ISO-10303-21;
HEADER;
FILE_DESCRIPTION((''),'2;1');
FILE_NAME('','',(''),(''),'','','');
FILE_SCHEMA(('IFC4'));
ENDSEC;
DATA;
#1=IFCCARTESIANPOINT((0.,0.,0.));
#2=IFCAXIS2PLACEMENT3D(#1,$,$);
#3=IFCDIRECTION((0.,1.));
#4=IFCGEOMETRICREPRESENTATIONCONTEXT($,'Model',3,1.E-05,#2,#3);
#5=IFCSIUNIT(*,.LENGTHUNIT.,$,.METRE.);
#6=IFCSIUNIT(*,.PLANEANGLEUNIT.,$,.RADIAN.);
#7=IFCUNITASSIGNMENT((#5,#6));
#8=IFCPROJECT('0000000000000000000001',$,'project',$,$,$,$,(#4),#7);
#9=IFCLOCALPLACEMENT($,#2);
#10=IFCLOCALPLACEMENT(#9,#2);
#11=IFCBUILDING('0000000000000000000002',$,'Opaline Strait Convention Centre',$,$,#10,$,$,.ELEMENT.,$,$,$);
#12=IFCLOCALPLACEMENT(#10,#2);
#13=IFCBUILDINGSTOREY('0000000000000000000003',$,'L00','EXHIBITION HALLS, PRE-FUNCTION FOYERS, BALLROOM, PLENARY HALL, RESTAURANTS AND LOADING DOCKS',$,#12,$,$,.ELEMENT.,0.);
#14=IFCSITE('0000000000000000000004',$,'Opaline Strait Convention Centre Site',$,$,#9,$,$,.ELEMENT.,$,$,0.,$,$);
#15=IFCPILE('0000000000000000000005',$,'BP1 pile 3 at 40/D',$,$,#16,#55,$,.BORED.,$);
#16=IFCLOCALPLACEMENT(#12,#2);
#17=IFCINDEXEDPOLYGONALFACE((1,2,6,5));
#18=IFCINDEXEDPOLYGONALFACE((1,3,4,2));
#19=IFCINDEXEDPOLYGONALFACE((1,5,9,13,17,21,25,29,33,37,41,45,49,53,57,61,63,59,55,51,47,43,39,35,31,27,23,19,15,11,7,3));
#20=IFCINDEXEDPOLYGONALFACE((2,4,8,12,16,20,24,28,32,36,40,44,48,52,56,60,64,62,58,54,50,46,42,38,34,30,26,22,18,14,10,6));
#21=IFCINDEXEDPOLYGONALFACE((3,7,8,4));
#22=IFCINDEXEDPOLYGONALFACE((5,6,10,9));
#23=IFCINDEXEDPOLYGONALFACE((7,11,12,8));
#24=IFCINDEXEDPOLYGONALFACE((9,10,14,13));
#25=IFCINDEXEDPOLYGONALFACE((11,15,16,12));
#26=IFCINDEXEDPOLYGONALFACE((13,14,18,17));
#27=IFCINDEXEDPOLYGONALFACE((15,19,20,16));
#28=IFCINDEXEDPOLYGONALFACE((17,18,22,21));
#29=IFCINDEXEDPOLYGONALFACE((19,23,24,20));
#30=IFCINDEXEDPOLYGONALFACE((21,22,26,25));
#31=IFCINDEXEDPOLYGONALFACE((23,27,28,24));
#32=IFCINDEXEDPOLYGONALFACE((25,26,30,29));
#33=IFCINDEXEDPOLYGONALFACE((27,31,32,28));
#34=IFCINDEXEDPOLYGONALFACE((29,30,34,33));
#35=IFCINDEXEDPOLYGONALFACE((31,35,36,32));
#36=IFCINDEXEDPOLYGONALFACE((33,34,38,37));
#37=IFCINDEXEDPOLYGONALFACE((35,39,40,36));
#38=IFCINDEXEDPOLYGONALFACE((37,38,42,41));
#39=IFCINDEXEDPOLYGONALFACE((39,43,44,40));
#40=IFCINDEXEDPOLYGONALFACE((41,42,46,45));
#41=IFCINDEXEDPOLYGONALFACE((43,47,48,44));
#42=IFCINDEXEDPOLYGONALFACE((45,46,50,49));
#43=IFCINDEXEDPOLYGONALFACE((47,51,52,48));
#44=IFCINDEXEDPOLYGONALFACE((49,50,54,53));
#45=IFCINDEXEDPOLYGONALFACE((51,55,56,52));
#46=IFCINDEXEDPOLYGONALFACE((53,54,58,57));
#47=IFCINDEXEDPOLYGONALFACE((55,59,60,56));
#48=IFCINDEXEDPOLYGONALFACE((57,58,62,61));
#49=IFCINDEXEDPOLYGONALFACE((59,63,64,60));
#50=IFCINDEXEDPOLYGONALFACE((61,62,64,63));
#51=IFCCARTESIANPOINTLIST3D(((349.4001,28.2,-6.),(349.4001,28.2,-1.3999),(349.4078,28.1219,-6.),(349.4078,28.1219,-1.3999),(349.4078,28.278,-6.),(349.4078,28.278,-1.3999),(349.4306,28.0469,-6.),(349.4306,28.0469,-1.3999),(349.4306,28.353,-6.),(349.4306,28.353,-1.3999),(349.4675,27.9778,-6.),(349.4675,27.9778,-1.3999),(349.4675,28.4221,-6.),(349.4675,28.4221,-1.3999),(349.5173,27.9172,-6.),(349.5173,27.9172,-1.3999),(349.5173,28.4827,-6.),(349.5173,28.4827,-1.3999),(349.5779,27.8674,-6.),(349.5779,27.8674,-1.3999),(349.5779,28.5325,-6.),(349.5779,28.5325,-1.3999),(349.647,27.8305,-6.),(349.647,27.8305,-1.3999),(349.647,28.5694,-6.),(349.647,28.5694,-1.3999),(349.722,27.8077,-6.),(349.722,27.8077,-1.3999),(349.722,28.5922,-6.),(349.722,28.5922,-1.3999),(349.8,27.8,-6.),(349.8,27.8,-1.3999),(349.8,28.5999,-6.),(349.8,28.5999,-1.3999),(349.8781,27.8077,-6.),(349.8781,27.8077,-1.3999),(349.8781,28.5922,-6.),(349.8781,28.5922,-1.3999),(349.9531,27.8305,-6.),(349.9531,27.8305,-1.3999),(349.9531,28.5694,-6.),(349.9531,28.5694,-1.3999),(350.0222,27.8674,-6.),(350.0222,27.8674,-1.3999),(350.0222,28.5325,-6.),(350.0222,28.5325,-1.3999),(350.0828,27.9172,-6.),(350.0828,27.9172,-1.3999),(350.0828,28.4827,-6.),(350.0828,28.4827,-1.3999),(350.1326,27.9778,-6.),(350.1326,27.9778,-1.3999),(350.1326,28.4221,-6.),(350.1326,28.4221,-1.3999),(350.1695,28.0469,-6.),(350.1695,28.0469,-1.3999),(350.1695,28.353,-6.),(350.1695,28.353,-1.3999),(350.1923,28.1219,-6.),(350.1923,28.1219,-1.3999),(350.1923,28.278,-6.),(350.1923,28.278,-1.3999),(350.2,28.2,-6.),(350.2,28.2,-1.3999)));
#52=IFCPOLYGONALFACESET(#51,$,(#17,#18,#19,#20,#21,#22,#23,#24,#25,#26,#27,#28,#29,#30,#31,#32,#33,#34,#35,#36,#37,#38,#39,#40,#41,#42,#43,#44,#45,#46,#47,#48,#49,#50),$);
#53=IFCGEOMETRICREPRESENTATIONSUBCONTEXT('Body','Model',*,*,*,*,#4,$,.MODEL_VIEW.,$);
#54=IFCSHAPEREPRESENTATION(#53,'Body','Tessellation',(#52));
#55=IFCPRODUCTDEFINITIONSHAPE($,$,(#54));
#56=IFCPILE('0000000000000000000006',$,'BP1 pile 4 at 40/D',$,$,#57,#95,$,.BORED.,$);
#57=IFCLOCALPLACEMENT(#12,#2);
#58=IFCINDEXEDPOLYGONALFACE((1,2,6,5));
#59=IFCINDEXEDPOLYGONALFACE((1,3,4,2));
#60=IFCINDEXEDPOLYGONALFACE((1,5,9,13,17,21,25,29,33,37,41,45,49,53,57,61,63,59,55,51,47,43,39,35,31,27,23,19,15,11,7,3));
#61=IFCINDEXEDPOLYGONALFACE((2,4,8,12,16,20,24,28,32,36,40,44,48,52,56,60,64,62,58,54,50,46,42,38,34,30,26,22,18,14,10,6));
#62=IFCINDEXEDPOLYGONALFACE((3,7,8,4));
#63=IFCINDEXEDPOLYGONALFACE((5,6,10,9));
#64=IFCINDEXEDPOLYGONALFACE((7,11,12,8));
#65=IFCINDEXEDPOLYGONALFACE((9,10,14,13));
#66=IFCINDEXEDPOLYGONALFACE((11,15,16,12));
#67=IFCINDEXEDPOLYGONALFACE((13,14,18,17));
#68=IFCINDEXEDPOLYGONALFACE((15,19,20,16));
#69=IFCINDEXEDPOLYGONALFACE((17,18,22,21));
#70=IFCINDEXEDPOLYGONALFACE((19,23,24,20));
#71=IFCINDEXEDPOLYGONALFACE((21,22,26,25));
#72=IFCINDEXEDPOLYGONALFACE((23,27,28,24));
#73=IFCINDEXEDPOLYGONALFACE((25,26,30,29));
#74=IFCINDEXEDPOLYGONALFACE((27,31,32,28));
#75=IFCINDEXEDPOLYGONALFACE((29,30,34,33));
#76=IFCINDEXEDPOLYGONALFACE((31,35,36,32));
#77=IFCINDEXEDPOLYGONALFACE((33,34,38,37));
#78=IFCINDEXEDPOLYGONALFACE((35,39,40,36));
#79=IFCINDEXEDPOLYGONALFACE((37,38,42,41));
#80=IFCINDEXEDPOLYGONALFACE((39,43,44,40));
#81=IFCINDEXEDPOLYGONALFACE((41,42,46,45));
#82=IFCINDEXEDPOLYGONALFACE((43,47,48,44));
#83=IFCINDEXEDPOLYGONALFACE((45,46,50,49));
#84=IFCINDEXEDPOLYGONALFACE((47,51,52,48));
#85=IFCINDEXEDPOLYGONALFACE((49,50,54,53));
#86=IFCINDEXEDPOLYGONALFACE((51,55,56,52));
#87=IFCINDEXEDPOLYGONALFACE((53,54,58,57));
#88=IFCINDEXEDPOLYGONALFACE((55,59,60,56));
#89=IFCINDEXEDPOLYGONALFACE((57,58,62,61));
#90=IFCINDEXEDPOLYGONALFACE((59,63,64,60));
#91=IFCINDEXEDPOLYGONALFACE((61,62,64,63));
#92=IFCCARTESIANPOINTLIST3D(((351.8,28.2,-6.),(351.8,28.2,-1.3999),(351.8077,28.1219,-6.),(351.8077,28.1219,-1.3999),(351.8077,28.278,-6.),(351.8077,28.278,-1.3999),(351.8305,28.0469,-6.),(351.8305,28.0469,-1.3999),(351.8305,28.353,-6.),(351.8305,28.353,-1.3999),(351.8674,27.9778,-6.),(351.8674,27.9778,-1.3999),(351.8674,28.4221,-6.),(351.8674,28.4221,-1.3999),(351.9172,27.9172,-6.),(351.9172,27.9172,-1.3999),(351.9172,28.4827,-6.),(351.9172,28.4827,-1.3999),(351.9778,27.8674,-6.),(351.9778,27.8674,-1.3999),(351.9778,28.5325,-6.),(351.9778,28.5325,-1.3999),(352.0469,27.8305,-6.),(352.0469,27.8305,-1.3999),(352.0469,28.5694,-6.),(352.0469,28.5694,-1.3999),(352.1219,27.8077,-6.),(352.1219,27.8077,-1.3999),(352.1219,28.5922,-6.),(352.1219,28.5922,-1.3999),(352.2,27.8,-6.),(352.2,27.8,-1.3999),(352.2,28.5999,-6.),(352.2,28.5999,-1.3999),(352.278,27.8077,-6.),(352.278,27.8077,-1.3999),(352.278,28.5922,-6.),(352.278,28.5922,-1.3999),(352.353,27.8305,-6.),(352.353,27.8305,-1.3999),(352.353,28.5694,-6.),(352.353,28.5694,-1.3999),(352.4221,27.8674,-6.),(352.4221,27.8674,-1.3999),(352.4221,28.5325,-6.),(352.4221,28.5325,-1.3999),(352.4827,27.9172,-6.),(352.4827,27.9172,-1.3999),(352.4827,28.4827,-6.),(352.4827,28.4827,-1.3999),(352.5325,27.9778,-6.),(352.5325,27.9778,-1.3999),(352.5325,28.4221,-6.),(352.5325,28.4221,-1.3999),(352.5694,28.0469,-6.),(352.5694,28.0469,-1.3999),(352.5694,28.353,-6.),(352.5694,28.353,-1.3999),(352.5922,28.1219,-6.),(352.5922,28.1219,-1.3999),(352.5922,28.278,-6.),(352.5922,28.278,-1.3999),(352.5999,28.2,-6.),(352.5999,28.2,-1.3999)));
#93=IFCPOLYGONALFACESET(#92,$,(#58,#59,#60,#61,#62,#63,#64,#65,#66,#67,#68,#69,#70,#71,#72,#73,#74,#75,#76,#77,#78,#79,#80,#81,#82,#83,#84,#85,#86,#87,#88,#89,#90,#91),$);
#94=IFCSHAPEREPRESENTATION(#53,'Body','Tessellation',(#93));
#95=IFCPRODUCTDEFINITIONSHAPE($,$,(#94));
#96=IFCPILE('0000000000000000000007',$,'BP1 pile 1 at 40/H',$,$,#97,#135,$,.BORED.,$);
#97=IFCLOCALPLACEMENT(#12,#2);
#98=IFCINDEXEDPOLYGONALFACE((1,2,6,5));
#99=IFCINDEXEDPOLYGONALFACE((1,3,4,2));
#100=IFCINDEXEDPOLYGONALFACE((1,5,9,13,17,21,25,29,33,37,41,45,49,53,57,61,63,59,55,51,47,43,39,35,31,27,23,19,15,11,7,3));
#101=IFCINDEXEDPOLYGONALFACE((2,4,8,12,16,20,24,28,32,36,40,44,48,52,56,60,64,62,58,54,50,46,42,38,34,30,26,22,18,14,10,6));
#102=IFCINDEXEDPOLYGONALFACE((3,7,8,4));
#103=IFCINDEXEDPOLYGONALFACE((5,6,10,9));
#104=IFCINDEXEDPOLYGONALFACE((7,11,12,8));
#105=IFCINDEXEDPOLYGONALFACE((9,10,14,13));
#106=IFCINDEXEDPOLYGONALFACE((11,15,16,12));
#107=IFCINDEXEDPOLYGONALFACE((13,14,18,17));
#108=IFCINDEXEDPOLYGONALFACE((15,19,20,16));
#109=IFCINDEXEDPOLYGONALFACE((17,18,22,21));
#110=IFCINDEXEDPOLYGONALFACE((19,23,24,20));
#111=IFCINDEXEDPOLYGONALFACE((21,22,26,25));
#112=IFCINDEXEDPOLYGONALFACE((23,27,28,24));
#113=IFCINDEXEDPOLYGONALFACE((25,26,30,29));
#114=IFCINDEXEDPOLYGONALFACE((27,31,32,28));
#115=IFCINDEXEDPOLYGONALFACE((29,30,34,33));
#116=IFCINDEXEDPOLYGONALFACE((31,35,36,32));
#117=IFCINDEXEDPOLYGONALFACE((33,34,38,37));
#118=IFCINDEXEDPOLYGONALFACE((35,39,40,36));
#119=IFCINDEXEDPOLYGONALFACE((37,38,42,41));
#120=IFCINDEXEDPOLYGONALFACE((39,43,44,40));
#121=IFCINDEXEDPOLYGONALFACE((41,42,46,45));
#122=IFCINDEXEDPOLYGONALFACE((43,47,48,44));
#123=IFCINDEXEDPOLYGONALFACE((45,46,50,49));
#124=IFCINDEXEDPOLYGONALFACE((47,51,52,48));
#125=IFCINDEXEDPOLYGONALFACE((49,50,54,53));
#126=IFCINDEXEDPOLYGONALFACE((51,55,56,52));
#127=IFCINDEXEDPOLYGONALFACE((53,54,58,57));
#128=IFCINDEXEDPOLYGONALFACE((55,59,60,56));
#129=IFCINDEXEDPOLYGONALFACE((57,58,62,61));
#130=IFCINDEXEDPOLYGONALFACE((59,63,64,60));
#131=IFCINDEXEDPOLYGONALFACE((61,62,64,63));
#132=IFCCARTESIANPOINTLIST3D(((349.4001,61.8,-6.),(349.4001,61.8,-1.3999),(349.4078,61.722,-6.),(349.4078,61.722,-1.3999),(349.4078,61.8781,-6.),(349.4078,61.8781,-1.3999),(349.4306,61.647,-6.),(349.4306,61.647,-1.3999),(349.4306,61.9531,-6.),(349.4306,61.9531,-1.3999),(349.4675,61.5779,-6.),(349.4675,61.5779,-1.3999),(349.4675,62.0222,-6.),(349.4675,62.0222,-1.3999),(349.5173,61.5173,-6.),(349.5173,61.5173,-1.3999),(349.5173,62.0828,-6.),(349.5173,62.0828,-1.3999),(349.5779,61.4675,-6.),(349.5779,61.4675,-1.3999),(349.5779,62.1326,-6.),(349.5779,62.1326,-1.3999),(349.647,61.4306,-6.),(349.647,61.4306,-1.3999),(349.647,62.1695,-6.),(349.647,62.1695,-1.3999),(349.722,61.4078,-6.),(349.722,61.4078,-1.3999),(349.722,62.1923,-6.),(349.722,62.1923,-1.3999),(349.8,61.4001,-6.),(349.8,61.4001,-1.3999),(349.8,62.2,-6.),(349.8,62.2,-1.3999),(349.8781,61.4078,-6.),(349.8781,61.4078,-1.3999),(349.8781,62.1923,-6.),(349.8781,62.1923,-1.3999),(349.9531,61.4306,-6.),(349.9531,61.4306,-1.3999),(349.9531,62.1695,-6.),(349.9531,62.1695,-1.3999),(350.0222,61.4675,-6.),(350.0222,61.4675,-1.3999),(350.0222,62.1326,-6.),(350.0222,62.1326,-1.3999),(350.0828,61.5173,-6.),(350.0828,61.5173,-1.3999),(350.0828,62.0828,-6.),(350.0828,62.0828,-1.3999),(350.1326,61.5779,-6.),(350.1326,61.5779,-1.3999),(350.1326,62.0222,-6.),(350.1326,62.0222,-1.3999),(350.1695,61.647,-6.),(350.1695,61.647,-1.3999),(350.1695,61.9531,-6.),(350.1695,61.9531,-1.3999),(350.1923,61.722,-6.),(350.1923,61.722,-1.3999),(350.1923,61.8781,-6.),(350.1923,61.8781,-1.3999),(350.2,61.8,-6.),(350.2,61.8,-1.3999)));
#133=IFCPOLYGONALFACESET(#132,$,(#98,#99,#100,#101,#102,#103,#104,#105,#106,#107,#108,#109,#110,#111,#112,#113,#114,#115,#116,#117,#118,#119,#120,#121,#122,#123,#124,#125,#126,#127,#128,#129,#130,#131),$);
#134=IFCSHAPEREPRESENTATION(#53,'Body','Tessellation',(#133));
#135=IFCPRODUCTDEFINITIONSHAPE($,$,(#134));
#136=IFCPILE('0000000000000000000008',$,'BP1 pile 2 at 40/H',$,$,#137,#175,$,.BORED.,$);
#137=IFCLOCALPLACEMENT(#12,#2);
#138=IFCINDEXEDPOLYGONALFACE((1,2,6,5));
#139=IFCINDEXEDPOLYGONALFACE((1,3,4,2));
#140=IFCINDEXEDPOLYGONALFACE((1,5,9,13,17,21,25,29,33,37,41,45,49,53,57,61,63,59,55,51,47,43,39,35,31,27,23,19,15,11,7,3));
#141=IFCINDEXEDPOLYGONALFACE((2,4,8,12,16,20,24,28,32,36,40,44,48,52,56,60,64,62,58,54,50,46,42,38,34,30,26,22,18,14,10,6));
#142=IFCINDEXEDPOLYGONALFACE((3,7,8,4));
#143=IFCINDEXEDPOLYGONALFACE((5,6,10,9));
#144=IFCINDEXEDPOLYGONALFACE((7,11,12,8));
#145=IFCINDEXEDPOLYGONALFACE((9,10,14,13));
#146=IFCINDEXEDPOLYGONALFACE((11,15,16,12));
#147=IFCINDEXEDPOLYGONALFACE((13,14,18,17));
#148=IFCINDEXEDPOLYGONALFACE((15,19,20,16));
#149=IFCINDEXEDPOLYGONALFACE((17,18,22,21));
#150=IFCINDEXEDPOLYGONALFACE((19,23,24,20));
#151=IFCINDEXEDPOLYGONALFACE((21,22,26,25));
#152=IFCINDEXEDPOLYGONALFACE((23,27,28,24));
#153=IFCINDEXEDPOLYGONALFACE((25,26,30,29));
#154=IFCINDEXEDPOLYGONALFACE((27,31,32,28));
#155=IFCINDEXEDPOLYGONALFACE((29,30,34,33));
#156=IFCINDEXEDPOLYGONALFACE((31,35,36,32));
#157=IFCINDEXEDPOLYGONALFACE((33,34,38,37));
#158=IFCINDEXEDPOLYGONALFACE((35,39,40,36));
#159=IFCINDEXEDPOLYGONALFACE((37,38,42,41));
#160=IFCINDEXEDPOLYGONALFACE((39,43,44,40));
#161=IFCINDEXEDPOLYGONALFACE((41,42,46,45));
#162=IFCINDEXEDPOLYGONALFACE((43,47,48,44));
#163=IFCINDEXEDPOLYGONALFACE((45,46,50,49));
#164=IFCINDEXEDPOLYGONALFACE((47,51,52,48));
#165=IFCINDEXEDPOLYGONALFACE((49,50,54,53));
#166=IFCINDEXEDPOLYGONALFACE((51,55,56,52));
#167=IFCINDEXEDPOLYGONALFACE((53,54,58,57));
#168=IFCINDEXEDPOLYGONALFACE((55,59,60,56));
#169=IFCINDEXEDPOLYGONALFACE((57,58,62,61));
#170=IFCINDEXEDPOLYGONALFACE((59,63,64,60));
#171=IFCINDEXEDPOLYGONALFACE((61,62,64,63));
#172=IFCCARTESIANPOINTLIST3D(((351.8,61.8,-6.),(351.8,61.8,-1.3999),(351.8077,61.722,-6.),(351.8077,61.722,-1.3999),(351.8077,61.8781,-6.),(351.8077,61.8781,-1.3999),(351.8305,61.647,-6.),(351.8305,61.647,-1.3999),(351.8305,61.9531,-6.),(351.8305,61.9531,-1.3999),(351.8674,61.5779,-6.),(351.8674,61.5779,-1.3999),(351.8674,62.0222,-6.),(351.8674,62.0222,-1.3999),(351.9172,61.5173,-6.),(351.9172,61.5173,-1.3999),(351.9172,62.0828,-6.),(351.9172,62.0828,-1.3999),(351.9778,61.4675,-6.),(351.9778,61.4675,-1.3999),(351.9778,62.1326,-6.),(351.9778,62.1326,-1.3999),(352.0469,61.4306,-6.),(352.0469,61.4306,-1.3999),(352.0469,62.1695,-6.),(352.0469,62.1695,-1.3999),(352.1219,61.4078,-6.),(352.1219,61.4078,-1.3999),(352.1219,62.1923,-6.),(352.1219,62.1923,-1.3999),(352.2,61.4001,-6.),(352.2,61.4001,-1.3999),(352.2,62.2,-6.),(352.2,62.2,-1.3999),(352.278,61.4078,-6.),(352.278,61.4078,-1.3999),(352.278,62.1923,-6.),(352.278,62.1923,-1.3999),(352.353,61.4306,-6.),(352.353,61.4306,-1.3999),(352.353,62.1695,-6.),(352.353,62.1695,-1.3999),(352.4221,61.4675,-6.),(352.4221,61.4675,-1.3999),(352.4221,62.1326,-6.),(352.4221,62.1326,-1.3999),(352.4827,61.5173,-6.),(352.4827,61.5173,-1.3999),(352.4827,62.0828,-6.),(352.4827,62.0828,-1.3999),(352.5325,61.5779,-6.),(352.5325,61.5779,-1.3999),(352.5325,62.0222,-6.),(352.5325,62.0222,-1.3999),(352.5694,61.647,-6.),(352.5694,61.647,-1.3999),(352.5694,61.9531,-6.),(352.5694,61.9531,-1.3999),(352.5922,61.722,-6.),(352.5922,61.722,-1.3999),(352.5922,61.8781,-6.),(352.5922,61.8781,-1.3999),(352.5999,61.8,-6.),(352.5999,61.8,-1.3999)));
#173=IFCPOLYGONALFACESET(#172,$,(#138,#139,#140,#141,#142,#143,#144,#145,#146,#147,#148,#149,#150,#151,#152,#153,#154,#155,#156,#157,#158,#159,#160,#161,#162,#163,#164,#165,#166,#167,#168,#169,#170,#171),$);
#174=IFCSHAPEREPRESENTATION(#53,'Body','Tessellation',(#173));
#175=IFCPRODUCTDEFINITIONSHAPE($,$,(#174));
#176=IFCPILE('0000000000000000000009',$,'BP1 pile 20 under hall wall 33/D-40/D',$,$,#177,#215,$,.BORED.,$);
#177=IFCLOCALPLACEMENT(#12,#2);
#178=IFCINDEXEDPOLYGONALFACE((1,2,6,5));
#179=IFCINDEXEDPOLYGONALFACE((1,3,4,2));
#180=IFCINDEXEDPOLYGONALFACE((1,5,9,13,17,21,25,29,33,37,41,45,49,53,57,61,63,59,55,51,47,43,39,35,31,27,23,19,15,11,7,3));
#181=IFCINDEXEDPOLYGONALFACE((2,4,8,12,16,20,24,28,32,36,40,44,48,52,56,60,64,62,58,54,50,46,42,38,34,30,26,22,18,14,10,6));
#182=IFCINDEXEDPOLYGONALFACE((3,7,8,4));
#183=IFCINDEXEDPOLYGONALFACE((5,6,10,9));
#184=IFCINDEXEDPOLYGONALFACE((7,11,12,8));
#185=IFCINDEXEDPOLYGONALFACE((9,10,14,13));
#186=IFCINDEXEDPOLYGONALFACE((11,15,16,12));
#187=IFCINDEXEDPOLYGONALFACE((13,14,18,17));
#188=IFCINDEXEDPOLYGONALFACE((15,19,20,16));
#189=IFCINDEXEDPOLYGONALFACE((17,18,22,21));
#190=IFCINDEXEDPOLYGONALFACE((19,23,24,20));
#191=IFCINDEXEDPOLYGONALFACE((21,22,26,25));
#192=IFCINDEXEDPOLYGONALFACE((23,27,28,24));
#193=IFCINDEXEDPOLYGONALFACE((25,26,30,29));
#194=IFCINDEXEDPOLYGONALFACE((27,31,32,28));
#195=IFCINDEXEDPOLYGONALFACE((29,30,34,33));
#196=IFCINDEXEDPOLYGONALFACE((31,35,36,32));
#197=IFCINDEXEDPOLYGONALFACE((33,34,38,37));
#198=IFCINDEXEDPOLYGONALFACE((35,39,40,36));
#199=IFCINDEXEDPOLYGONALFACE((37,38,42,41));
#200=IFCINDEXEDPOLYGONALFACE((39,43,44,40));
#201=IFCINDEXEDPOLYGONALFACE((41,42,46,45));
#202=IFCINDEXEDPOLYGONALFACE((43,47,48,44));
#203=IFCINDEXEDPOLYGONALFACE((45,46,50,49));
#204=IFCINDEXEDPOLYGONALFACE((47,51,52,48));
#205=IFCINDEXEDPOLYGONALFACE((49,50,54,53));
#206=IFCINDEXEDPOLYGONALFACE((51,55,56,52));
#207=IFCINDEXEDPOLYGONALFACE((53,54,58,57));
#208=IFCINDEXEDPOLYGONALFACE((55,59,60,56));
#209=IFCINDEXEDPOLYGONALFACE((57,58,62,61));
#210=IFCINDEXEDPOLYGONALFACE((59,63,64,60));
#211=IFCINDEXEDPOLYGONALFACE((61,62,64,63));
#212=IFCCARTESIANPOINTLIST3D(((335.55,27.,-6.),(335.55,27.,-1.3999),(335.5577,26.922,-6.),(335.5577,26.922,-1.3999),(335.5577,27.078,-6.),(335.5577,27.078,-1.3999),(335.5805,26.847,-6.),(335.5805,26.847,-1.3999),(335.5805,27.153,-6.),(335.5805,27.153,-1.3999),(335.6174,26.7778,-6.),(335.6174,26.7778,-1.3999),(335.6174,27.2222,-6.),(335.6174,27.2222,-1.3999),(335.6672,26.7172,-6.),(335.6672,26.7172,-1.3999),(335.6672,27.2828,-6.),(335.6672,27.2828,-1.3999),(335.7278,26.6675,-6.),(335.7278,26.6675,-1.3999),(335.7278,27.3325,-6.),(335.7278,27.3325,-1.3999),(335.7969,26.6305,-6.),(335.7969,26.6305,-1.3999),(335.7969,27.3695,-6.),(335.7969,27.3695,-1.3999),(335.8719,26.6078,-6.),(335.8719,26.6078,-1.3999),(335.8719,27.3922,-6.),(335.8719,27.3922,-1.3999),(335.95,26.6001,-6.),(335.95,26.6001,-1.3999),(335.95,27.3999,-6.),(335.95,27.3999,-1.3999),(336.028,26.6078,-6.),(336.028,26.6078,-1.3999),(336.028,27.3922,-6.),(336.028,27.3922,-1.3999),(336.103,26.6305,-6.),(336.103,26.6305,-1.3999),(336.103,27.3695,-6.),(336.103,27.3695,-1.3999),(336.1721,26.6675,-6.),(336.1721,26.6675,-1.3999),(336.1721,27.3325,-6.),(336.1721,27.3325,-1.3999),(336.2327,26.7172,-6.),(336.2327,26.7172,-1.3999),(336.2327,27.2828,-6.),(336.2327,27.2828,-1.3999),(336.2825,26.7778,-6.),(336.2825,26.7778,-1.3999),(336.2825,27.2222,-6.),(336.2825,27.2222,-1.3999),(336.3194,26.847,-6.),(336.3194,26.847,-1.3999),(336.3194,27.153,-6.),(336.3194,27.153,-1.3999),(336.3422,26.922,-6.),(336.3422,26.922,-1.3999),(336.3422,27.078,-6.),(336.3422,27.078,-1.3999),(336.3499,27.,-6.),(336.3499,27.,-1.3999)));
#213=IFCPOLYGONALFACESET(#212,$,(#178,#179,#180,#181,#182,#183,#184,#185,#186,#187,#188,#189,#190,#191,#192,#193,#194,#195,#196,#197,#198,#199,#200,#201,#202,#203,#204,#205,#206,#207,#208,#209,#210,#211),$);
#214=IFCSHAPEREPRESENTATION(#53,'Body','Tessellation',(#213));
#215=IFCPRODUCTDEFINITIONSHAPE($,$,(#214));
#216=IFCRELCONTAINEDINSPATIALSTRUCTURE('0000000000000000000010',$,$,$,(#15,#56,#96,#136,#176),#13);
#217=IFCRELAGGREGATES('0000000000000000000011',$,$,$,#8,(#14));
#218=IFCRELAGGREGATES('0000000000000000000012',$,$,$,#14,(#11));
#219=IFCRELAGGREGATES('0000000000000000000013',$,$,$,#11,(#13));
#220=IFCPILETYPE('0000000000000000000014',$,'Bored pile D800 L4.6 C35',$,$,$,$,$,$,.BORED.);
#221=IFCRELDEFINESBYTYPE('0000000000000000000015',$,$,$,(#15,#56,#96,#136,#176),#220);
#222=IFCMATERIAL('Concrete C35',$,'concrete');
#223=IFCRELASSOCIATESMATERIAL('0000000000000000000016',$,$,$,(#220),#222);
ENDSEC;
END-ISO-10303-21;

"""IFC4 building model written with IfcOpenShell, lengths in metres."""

from ifc_helpers import new_model, si_unit, direction, frame, origin, origin_2d, place, context, subcontext, project, spatial, circle, extrude, material, material_profile, profile_set, type_object, element, save


model = new_model("IFC4")

# Units and contexts
model_context = context("Model", 3, precision=1e-05, world=origin(), true_north=direction((0.0, 1.0)))
body_context = subcontext(model_context, "Body", "Model", "MODEL_VIEW")
ifc_project = project(units=[si_unit("LENGTHUNIT", "METRE"), si_unit("PLANEANGLEUNIT", "RADIAN")], contexts=[model_context])

# Site, building, storey
site_placement = place(None, origin())
site = spatial("IfcSite", under=ifc_project, at=site_placement, Name="Opaline Strait Convention Centre Site", CompositionType="ELEMENT", RefElevation=0.0)
building_placement = place(site_placement, origin())
building = spatial("IfcBuilding", under=site, at=building_placement, Name="Opaline Strait Convention Centre", CompositionType="ELEMENT")
storey_placement = place(building_placement, origin())
storey = spatial("IfcBuildingStorey", under=building, at=storey_placement, Name="L00", Description="EXHIBITION HALLS, PRE-FUNCTION FOYERS, BALLROOM, PLENARY HALL, RESTAURANTS AND LOADING DOCKS", CompositionType="ELEMENT", Elevation=0.0)

# Piles
ifc_material_1 = material(Name="Concrete C35", Category="concrete")
ifc_material_profile_1 = material_profile(ifc_material_1, circle(Radius=0.3999, at=origin_2d()), Name="D800")
ifc_profile_set_1 = profile_set([ifc_material_profile_1], Name="Concrete C35")
pile_type = type_object("IfcPileType", Name="Bored pile D800 L4.6 C35", PredefinedType="BORED", material=ifc_profile_set_1)
for number, where, z_axis, x_axis, name in (
    (1, (349.8, 28.2, -1.3999), (0.0, 0.0, -1.0), (1.0, 0.0, 0.0), "BP1 pile 3 at 40/D"),
    (2, (352.2, 28.2, -1.3999), (0.0, 0.0, -1.0), (1.0, 0.0, 0.0), "BP1 pile 4 at 40/D"),
    (3, (349.8, 61.8, -1.3999), (0.0, 0.0, -1.0), (1.0, 0.0, 0.0), "BP1 pile 1 at 40/H"),
    (4, (352.2, 61.8, -1.3999), (0.0, 0.0, -1.0), (1.0, 0.0, 0.0), "BP1 pile 2 at 40/H"),
    (5, (335.95, 27.0, -1.3999), (0.0, 0.0, -1.0), (1.0, 0.0, 0.0), "BP1 pile 20 under hall wall 33/D-40/D"),
):
    element("IfcPile", number, at=place(storey_placement, frame(where, z_axis=z_axis, x_axis=x_axis)), inside=storey, type_object=pile_type, Name=name, PredefinedType="BORED", context=body_context, shape_type="SweptSolid", body=[
        extrude(circle(Radius=0.3999, at=origin_2d()), origin(), (0.0, 0.0, 1.0), 4.6001),
    ])

save(model, "model.ifc")
